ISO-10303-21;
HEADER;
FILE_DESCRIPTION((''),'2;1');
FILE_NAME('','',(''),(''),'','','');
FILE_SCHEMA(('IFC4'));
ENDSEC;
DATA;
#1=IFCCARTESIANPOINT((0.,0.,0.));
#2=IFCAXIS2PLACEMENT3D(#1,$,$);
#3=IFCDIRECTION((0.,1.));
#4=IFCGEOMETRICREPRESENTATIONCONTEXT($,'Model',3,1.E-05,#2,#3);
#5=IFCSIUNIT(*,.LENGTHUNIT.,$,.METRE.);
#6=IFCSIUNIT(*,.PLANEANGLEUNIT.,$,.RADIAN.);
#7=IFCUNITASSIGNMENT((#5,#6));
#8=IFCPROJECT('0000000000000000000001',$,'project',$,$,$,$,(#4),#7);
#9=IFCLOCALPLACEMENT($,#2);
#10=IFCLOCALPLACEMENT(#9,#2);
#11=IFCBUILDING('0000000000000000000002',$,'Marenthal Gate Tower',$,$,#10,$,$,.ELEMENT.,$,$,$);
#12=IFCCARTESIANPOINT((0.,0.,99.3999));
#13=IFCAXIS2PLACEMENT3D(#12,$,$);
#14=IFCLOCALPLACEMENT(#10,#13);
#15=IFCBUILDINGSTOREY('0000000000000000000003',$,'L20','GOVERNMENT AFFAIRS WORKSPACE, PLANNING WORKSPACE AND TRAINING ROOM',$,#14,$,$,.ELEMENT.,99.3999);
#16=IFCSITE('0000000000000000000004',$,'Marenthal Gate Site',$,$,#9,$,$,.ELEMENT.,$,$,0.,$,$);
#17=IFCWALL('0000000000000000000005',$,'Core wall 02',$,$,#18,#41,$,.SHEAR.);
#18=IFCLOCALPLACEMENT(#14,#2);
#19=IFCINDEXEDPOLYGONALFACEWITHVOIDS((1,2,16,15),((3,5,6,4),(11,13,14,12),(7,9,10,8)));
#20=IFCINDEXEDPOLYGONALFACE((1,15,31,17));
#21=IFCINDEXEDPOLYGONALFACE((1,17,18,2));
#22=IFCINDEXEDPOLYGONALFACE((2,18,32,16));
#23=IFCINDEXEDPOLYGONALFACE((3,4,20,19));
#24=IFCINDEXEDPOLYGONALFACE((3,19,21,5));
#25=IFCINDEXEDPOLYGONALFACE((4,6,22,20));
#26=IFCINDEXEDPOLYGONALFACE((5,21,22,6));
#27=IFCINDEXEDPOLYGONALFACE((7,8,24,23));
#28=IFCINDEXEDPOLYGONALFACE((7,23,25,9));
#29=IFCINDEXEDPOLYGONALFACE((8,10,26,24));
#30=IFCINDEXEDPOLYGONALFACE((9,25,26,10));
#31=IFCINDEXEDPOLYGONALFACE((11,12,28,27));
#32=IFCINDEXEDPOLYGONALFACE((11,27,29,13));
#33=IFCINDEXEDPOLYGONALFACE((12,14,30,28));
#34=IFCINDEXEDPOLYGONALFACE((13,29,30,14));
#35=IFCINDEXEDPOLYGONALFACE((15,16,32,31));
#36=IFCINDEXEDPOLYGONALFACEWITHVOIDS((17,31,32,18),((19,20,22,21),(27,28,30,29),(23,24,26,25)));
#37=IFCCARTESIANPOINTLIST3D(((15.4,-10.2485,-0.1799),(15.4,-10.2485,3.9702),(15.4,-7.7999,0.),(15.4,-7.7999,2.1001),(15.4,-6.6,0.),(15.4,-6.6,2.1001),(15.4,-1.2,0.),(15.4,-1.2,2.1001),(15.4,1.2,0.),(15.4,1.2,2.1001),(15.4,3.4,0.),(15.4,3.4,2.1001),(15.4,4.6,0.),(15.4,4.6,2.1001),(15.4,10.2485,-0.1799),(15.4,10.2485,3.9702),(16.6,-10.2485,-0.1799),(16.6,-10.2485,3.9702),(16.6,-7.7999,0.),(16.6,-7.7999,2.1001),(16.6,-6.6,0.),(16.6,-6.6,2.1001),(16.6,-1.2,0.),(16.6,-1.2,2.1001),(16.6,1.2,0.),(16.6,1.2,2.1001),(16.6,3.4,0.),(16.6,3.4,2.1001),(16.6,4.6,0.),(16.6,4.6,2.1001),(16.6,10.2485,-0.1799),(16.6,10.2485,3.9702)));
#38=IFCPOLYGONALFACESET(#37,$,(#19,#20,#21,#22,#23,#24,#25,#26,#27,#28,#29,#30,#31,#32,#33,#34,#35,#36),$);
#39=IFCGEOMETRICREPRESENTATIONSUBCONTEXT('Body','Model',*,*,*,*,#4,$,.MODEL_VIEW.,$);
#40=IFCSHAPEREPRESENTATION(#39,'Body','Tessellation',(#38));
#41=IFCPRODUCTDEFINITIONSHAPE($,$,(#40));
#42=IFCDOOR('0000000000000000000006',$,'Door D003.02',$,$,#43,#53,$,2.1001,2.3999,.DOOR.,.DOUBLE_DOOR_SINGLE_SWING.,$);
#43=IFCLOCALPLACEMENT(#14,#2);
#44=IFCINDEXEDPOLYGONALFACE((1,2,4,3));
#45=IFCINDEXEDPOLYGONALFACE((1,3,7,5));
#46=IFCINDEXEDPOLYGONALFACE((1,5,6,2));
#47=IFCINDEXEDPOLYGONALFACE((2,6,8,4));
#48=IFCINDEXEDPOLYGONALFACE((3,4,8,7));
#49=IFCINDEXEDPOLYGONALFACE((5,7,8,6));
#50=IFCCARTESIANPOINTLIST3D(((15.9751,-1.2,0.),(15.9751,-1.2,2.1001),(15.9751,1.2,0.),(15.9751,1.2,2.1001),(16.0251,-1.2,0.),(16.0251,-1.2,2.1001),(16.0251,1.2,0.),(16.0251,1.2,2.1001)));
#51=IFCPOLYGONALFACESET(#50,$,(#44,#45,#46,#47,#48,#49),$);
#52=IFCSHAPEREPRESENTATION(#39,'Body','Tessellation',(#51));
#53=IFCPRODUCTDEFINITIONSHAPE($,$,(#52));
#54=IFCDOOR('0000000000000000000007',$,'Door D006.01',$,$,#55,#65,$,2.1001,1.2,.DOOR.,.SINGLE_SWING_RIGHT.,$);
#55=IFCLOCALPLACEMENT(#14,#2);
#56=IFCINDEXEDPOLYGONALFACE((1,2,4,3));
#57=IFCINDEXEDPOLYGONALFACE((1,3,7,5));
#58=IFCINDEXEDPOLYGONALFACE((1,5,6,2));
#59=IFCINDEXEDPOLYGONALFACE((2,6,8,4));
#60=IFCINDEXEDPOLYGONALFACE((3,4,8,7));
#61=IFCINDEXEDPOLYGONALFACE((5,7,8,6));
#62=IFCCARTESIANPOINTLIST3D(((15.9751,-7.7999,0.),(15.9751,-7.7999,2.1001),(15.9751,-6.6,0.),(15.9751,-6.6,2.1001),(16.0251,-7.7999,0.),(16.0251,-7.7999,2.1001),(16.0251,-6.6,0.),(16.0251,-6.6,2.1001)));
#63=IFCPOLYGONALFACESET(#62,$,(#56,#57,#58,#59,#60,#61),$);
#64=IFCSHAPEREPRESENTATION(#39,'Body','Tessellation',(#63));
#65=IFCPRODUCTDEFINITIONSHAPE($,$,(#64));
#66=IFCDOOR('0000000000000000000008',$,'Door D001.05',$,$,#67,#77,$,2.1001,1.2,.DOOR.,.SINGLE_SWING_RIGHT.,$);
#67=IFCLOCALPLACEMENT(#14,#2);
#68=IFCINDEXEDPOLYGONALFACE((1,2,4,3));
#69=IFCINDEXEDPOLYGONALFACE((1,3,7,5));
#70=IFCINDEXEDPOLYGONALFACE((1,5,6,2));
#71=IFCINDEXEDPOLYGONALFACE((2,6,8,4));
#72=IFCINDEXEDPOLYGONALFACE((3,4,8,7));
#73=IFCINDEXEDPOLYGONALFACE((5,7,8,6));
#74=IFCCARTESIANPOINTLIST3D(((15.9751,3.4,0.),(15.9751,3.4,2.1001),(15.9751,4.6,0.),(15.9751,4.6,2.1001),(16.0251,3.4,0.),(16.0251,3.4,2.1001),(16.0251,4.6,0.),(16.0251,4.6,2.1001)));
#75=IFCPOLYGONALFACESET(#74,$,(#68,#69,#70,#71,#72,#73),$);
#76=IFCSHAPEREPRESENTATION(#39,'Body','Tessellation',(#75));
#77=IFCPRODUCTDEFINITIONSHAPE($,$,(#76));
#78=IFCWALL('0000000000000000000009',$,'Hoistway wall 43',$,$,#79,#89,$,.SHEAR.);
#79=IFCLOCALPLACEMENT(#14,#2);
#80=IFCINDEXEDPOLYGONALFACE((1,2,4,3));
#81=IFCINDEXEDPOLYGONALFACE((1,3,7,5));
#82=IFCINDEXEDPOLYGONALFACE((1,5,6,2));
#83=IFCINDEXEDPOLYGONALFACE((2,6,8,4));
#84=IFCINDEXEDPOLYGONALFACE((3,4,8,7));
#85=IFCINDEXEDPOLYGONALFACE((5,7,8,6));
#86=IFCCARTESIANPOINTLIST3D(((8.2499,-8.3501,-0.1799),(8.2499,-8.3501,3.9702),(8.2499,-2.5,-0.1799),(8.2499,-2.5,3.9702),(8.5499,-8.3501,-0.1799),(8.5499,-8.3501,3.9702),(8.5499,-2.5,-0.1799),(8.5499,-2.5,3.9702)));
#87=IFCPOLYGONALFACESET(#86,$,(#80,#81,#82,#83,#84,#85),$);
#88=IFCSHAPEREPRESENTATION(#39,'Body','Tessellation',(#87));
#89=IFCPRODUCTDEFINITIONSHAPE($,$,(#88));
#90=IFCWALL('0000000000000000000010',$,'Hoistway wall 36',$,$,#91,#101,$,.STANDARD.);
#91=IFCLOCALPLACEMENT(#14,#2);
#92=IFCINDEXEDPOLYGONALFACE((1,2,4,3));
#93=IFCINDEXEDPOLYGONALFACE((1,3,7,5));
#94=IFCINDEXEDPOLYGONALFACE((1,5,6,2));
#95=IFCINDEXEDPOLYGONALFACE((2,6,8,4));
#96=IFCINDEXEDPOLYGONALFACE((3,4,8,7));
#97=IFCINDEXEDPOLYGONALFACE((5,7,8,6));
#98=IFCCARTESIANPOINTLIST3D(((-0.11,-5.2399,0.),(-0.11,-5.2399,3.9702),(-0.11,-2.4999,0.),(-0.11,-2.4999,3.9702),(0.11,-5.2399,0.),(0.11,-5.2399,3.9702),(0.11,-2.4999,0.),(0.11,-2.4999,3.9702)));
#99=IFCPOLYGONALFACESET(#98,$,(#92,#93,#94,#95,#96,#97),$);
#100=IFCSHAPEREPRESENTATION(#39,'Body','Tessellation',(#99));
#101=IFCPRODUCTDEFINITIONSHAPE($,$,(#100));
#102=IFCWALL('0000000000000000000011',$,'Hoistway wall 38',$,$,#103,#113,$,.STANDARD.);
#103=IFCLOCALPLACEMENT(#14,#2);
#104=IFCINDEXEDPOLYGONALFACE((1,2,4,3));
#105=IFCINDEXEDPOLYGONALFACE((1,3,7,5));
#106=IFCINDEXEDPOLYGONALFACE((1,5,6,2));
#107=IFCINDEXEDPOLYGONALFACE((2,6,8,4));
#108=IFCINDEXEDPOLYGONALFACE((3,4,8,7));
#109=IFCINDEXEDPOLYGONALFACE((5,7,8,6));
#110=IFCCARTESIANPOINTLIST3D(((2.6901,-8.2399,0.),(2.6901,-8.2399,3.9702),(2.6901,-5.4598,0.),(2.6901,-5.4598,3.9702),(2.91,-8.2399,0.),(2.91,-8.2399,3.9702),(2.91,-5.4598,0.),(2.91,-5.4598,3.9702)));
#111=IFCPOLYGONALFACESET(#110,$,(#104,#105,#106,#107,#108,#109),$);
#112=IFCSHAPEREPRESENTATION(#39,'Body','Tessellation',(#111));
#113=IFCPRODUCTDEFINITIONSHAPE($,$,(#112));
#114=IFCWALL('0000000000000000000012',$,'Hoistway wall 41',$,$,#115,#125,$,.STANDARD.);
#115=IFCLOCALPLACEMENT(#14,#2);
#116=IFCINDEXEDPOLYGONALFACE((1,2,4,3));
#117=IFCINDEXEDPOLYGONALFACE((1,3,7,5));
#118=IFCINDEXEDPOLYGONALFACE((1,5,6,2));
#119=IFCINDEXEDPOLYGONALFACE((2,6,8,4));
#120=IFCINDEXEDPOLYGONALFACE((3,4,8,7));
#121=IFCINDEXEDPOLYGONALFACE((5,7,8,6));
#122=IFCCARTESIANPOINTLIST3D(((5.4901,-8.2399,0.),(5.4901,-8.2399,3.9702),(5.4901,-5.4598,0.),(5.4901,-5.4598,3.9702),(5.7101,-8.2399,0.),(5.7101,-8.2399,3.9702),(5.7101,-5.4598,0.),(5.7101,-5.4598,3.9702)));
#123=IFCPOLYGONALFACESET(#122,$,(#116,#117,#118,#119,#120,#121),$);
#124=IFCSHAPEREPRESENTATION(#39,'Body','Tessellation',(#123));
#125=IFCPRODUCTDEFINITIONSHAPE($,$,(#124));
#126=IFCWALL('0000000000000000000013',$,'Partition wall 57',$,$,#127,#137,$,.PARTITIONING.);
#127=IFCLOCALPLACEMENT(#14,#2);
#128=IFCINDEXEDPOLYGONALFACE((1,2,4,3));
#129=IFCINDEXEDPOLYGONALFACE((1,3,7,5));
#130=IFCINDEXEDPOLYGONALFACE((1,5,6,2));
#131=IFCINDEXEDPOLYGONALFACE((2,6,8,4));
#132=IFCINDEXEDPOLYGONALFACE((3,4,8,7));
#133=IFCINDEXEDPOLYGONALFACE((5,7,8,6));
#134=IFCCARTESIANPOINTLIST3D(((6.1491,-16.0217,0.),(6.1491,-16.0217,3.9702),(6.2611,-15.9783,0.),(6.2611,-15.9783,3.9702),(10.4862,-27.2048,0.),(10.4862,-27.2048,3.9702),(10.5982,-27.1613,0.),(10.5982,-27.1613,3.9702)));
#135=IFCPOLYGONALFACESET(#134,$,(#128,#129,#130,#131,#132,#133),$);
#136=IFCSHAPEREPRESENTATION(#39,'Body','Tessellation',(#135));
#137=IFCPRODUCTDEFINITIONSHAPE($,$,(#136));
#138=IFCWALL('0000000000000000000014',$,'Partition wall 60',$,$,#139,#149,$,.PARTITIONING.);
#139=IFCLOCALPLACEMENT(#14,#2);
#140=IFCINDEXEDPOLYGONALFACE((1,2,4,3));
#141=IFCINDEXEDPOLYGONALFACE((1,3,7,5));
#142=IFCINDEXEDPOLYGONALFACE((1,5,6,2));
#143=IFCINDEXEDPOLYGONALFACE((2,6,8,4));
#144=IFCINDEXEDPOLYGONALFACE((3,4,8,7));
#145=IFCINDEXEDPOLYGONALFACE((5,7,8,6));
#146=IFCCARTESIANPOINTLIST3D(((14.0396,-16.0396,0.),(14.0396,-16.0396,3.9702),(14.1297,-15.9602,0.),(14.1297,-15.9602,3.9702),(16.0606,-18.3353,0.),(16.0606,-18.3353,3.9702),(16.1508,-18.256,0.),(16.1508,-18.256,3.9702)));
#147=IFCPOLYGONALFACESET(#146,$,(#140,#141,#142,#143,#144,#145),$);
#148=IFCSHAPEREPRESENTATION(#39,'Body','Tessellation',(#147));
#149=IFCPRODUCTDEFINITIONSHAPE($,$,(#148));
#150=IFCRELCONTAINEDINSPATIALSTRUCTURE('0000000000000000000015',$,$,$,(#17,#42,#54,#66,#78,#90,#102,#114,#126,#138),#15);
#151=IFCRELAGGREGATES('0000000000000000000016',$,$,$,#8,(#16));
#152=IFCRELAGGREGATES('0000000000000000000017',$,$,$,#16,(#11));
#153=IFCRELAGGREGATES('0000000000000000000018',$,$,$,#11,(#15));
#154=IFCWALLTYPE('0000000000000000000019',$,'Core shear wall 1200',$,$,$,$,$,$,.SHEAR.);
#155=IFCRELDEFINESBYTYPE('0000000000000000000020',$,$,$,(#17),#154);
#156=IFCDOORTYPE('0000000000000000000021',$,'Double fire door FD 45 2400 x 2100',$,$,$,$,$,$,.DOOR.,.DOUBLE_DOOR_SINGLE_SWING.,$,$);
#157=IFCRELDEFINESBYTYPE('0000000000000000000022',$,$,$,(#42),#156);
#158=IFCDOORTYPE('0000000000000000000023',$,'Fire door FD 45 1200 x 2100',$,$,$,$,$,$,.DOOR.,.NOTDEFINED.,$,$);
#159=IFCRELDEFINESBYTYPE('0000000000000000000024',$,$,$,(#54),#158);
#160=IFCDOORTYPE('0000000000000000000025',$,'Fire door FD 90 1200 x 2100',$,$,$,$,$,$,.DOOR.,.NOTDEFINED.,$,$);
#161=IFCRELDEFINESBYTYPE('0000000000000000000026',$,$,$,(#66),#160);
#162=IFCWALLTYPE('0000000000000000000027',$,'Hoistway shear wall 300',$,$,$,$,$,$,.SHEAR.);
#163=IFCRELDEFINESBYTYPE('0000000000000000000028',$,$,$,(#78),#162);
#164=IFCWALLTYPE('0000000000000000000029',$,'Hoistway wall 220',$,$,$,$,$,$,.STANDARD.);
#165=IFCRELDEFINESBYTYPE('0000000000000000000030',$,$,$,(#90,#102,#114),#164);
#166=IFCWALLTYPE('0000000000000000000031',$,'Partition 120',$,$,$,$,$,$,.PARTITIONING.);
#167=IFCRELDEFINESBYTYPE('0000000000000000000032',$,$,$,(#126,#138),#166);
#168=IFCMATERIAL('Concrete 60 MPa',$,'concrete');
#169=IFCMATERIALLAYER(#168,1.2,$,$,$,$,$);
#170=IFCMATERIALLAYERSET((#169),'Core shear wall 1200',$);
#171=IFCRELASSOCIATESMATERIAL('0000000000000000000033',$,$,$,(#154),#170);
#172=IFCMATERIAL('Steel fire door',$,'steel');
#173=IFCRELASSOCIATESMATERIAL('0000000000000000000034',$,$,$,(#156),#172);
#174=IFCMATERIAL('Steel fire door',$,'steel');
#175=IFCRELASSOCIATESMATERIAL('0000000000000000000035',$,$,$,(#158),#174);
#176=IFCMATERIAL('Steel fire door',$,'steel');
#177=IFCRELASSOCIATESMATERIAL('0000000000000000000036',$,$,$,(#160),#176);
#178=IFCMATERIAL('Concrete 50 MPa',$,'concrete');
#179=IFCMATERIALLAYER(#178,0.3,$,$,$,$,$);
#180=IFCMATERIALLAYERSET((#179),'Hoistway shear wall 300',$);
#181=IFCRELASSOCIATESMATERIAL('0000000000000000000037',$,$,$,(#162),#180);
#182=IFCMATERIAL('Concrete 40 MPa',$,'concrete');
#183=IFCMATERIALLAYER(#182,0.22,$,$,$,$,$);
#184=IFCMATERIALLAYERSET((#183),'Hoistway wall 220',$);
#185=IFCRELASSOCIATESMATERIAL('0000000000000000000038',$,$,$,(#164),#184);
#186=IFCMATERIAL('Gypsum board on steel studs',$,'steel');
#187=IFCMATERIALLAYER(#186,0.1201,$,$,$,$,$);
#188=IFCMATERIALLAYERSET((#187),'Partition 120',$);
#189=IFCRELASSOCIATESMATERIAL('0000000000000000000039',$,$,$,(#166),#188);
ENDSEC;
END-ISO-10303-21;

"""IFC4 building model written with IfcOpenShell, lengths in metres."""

from ifc_helpers import new_model, si_unit, direction, frame, frame_2d, origin, place, context, subcontext, project, spatial, rectangle, extrude, material, layer, layer_set, type_object, element, fill, save


model = new_model("IFC4")

# Units and contexts
model_context = context("Model", 3, precision=1e-05, world=origin(), true_north=direction((0.0, 1.0)))
body_context = subcontext(model_context, "Body", "Model", "MODEL_VIEW")
ifc_project = project(units=[si_unit("LENGTHUNIT", "METRE"), si_unit("PLANEANGLEUNIT", "RADIAN")], contexts=[model_context])

# Site, building, storey
site_placement = place(None, origin())
site = spatial("IfcSite", under=ifc_project, at=site_placement, Name="Marenthal Gate Site", CompositionType="ELEMENT", RefElevation=0.0)
building_placement = place(site_placement, origin())
building = spatial("IfcBuilding", under=site, at=building_placement, Name="Marenthal Gate Tower", CompositionType="ELEMENT")
storey_placement = place(building_placement, frame((0.0, 0.0, 99.3999)))
storey = spatial("IfcBuildingStorey", under=building, at=storey_placement, Name="L20", Description="GOVERNMENT AFFAIRS WORKSPACE, PLANNING WORKSPACE AND TRAINING ROOM", CompositionType="ELEMENT", Elevation=99.3999)

# Shared definitions
ifc_material_1 = material(Name="Concrete 60 MPa", Category="concrete")
ifc_layer_1 = layer(ifc_material_1, 1.2)
ifc_layer_set_1 = layer_set([ifc_layer_1], Name="Core shear wall 1200")
wall_type_1 = type_object("IfcWallType", Name="Core shear wall 1200", PredefinedType="SHEAR", material=ifc_layer_set_1)

# Wall, openings, doors
wall_1_placement = place(storey_placement, frame((16.0, -10.2485, -0.1799), z_axis=(0.0, 0.0, 1.0), x_axis=(0.0, 1.0, 0.0)))
wall_1 = element("IfcWall", 1, at=wall_1_placement, inside=storey, type_object=wall_type_1, Name="Core wall 02", PredefinedType="SHEAR", context=body_context, shape_type="SweptSolid", body=[
    extrude(rectangle(XDim=20.4971, YDim=1.2, at=frame_2d((10.2485, 0.0))), origin(), (0.0, 0.0, 1.0), 4.1501),
])
opening_1_placement = place(wall_1_placement, frame((9.0486, 0.0, 0.1799)))
opening_1 = element("IfcOpeningElement", 2, at=opening_1_placement, cuts=wall_1, PredefinedType="OPENING", context=body_context, shape_type="SweptSolid", body=[
    extrude(rectangle(XDim=2.3999, YDim=2.1001, at=frame_2d((1.2, 1.05))), frame((0.0, 0.6099, 0.0), z_axis=(0.0, -1.0, 0.0), x_axis=(1.0, 0.0, 0.0)), (0.0, 0.0, 1.0), 1.22),
])
opening_2_placement = place(wall_1_placement, frame((13.6484, 0.0, 0.1799)))
opening_2 = element("IfcOpeningElement", 3, at=opening_2_placement, cuts=wall_1, PredefinedType="OPENING", context=body_context, shape_type="SweptSolid", body=[
    extrude(rectangle(XDim=1.2, YDim=2.1001, at=frame_2d((0.6001, 1.05))), frame((0.0, 0.6099, 0.0), z_axis=(0.0, -1.0, 0.0), x_axis=(1.0, 0.0, 0.0)), (0.0, 0.0, 1.0), 1.22),
])
opening_3_placement = place(wall_1_placement, frame((2.4485, 0.0, 0.1799)))
opening_3 = element("IfcOpeningElement", 4, at=opening_3_placement, cuts=wall_1, PredefinedType="OPENING", context=body_context, shape_type="SweptSolid", body=[
    extrude(rectangle(XDim=1.2, YDim=2.1001, at=frame_2d((0.6001, 1.05))), frame((0.0, 0.6099, 0.0), z_axis=(0.0, -1.0, 0.0), x_axis=(1.0, 0.0, 0.0)), (0.0, 0.0, 1.0), 1.22),
])
ifc_material_2 = material(Name="Steel fire door", Category="steel")
door_type_1 = type_object("IfcDoorType", Name="Double fire door FD 45 2400 x 2100", OperationType="DOUBLE_DOOR_SINGLE_SWING", PredefinedType="DOOR", material=ifc_material_2)
door_1_placement = place(opening_1_placement, origin())
door_1 = element("IfcDoor", 5, at=door_1_placement, inside=storey, type_object=door_type_1, Name="Door D003.02", OperationType="DOUBLE_DOOR_SINGLE_SWING", OverallHeight=2.1001, OverallWidth=2.3999, PredefinedType="DOOR", context=body_context, shape_type="SweptSolid", body=[
    extrude(rectangle(XDim=2.3999, YDim=2.1001, at=frame_2d((1.2, 1.05))), frame((0.0, 0.0249, 0.0), z_axis=(0.0, -1.0, 0.0), x_axis=(1.0, 0.0, 0.0)), (0.0, 0.0, 1.0), 0.05),
])
fill(opening_1, door_1)
ifc_material_3 = material(Name="Steel fire door", Category="steel")
door_type_2 = type_object("IfcDoorType", Name="Fire door FD 45 1200 x 2100", OperationType="NOTDEFINED", PredefinedType="DOOR", material=ifc_material_3)
door_2_placement = place(opening_3_placement, origin())
door_2 = element("IfcDoor", 6, at=door_2_placement, inside=storey, type_object=door_type_2, Name="Door D006.01", OperationType="SINGLE_SWING_RIGHT", OverallHeight=2.1001, OverallWidth=1.2, PredefinedType="DOOR", context=body_context, shape_type="SweptSolid", body=[
    extrude(rectangle(XDim=1.2, YDim=2.1001, at=frame_2d((0.6001, 1.05))), frame((0.0, 0.0249, 0.0), z_axis=(0.0, -1.0, 0.0), x_axis=(1.0, 0.0, 0.0)), (0.0, 0.0, 1.0), 0.05),
])
fill(opening_3, door_2)
ifc_material_4 = material(Name="Steel fire door", Category="steel")
door_type_3 = type_object("IfcDoorType", Name="Fire door FD 90 1200 x 2100", OperationType="NOTDEFINED", PredefinedType="DOOR", material=ifc_material_4)
door_3_placement = place(opening_2_placement, origin())
door_3 = element("IfcDoor", 7, at=door_3_placement, inside=storey, type_object=door_type_3, Name="Door D001.05", OperationType="SINGLE_SWING_RIGHT", OverallHeight=2.1001, OverallWidth=1.2, PredefinedType="DOOR", context=body_context, shape_type="SweptSolid", body=[
    extrude(rectangle(XDim=1.2, YDim=2.1001, at=frame_2d((0.6001, 1.05))), frame((0.0, 0.0249, 0.0), z_axis=(0.0, -1.0, 0.0), x_axis=(1.0, 0.0, 0.0)), (0.0, 0.0, 1.0), 0.05),
])
fill(opening_2, door_3)

# Walls
ifc_material_5 = material(Name="Concrete 50 MPa", Category="concrete")
ifc_layer_2 = layer(ifc_material_5, 0.3)
ifc_layer_set_2 = layer_set([ifc_layer_2], Name="Hoistway shear wall 300")
wall_type_2 = type_object("IfcWallType", Name="Hoistway shear wall 300", PredefinedType="SHEAR", material=ifc_layer_set_2)
wall_2_placement = place(storey_placement, frame((8.3999, -8.3501, -0.1799), z_axis=(0.0, 0.0, 1.0), x_axis=(0.0, 1.0, 0.0)))
element("IfcWall", 8, at=wall_2_placement, inside=storey, type_object=wall_type_2, Name="Hoistway wall 43", PredefinedType="SHEAR", context=body_context, shape_type="SweptSolid", body=[
    extrude(rectangle(XDim=5.8501, YDim=0.3, at=frame_2d((2.925, 0.0))), origin(), (0.0, 0.0, 1.0), 4.1501),
])
ifc_material_6 = material(Name="Concrete 40 MPa", Category="concrete")
ifc_layer_3 = layer(ifc_material_6, 0.22)
ifc_layer_set_3 = layer_set([ifc_layer_3], Name="Hoistway wall 220")
wall_type_3 = type_object("IfcWallType", Name="Hoistway wall 220", PredefinedType="STANDARD", material=ifc_layer_set_3)
wall_3_placement = place(storey_placement, frame((0.0, -5.24, 0.0), z_axis=(0.0, 0.0, 1.0), x_axis=(0.0, 1.0, 0.0)))
element("IfcWall", 9, at=wall_3_placement, inside=storey, type_object=wall_type_3, Name="Hoistway wall 36", PredefinedType="STANDARD", context=body_context, shape_type="SweptSolid", body=[
    extrude(rectangle(XDim=2.74, YDim=0.22, at=frame_2d((1.3701, 0.0))), origin(), (0.0, 0.0, 1.0), 3.9702),
])
for number, where, z_axis, x_axis, name in (
    (10, (2.8, -8.24, 0.0), (0.0, 0.0, 1.0), (0.0, 1.0, 0.0), "Hoistway wall 38"),
    (11, (5.6001, -8.24, 0.0), (0.0, 0.0, 1.0), (0.0, 1.0, 0.0), "Hoistway wall 41"),
):
    element("IfcWall", number, at=place(storey_placement, frame(where, z_axis=z_axis, x_axis=x_axis)), inside=storey, type_object=wall_type_3, Name=name, PredefinedType="STANDARD", context=body_context, shape_type="SweptSolid", body=[
        extrude(rectangle(XDim=2.78, YDim=0.22, at=frame_2d((1.3901, 0.0))), origin(), (0.0, 0.0, 1.0), 3.9702),
    ])
ifc_material_7 = material(Name="Gypsum board on steel studs", Category="steel")
ifc_layer_4 = layer(ifc_material_7, 0.1201)
ifc_layer_set_4 = layer_set([ifc_layer_4], Name="Partition 120")
wall_type_4 = type_object("IfcWallType", Name="Partition 120", PredefinedType="PARTITIONING", material=ifc_layer_set_4)
wall_4_placement = place(storey_placement, frame((6.2051, -16.0, 0.0), z_axis=(0.0, 0.0, 1.0), x_axis=(0.36159, -0.932337, 0.0)))
element("IfcWall", 12, at=wall_4_placement, inside=storey, type_object=wall_type_4, Name="Partition wall 57", PredefinedType="PARTITIONING", context=body_context, shape_type="SweptSolid", body=[
    extrude(rectangle(XDim=11.9946, YDim=0.1201, at=frame_2d((5.9973, 0.0))), origin(), (0.0, 0.0, 1.0), 3.9702),
])
wall_5_placement = place(storey_placement, frame((16.1057, -18.2957, 0.0), z_axis=(0.0, 0.0, 1.0), x_axis=(-0.660779, 0.75058, 0.0)))
element("IfcWall", 13, at=wall_5_placement, inside=storey, type_object=wall_type_4, Name="Partition wall 60", PredefinedType="PARTITIONING", context=body_context, shape_type="SweptSolid", body=[
    extrude(rectangle(XDim=3.0586, YDim=0.1201, at=frame_2d((1.5293, 0.0))), origin(), (0.0, 0.0, 1.0), 3.9702),
])

save(model, "model.ifc")
